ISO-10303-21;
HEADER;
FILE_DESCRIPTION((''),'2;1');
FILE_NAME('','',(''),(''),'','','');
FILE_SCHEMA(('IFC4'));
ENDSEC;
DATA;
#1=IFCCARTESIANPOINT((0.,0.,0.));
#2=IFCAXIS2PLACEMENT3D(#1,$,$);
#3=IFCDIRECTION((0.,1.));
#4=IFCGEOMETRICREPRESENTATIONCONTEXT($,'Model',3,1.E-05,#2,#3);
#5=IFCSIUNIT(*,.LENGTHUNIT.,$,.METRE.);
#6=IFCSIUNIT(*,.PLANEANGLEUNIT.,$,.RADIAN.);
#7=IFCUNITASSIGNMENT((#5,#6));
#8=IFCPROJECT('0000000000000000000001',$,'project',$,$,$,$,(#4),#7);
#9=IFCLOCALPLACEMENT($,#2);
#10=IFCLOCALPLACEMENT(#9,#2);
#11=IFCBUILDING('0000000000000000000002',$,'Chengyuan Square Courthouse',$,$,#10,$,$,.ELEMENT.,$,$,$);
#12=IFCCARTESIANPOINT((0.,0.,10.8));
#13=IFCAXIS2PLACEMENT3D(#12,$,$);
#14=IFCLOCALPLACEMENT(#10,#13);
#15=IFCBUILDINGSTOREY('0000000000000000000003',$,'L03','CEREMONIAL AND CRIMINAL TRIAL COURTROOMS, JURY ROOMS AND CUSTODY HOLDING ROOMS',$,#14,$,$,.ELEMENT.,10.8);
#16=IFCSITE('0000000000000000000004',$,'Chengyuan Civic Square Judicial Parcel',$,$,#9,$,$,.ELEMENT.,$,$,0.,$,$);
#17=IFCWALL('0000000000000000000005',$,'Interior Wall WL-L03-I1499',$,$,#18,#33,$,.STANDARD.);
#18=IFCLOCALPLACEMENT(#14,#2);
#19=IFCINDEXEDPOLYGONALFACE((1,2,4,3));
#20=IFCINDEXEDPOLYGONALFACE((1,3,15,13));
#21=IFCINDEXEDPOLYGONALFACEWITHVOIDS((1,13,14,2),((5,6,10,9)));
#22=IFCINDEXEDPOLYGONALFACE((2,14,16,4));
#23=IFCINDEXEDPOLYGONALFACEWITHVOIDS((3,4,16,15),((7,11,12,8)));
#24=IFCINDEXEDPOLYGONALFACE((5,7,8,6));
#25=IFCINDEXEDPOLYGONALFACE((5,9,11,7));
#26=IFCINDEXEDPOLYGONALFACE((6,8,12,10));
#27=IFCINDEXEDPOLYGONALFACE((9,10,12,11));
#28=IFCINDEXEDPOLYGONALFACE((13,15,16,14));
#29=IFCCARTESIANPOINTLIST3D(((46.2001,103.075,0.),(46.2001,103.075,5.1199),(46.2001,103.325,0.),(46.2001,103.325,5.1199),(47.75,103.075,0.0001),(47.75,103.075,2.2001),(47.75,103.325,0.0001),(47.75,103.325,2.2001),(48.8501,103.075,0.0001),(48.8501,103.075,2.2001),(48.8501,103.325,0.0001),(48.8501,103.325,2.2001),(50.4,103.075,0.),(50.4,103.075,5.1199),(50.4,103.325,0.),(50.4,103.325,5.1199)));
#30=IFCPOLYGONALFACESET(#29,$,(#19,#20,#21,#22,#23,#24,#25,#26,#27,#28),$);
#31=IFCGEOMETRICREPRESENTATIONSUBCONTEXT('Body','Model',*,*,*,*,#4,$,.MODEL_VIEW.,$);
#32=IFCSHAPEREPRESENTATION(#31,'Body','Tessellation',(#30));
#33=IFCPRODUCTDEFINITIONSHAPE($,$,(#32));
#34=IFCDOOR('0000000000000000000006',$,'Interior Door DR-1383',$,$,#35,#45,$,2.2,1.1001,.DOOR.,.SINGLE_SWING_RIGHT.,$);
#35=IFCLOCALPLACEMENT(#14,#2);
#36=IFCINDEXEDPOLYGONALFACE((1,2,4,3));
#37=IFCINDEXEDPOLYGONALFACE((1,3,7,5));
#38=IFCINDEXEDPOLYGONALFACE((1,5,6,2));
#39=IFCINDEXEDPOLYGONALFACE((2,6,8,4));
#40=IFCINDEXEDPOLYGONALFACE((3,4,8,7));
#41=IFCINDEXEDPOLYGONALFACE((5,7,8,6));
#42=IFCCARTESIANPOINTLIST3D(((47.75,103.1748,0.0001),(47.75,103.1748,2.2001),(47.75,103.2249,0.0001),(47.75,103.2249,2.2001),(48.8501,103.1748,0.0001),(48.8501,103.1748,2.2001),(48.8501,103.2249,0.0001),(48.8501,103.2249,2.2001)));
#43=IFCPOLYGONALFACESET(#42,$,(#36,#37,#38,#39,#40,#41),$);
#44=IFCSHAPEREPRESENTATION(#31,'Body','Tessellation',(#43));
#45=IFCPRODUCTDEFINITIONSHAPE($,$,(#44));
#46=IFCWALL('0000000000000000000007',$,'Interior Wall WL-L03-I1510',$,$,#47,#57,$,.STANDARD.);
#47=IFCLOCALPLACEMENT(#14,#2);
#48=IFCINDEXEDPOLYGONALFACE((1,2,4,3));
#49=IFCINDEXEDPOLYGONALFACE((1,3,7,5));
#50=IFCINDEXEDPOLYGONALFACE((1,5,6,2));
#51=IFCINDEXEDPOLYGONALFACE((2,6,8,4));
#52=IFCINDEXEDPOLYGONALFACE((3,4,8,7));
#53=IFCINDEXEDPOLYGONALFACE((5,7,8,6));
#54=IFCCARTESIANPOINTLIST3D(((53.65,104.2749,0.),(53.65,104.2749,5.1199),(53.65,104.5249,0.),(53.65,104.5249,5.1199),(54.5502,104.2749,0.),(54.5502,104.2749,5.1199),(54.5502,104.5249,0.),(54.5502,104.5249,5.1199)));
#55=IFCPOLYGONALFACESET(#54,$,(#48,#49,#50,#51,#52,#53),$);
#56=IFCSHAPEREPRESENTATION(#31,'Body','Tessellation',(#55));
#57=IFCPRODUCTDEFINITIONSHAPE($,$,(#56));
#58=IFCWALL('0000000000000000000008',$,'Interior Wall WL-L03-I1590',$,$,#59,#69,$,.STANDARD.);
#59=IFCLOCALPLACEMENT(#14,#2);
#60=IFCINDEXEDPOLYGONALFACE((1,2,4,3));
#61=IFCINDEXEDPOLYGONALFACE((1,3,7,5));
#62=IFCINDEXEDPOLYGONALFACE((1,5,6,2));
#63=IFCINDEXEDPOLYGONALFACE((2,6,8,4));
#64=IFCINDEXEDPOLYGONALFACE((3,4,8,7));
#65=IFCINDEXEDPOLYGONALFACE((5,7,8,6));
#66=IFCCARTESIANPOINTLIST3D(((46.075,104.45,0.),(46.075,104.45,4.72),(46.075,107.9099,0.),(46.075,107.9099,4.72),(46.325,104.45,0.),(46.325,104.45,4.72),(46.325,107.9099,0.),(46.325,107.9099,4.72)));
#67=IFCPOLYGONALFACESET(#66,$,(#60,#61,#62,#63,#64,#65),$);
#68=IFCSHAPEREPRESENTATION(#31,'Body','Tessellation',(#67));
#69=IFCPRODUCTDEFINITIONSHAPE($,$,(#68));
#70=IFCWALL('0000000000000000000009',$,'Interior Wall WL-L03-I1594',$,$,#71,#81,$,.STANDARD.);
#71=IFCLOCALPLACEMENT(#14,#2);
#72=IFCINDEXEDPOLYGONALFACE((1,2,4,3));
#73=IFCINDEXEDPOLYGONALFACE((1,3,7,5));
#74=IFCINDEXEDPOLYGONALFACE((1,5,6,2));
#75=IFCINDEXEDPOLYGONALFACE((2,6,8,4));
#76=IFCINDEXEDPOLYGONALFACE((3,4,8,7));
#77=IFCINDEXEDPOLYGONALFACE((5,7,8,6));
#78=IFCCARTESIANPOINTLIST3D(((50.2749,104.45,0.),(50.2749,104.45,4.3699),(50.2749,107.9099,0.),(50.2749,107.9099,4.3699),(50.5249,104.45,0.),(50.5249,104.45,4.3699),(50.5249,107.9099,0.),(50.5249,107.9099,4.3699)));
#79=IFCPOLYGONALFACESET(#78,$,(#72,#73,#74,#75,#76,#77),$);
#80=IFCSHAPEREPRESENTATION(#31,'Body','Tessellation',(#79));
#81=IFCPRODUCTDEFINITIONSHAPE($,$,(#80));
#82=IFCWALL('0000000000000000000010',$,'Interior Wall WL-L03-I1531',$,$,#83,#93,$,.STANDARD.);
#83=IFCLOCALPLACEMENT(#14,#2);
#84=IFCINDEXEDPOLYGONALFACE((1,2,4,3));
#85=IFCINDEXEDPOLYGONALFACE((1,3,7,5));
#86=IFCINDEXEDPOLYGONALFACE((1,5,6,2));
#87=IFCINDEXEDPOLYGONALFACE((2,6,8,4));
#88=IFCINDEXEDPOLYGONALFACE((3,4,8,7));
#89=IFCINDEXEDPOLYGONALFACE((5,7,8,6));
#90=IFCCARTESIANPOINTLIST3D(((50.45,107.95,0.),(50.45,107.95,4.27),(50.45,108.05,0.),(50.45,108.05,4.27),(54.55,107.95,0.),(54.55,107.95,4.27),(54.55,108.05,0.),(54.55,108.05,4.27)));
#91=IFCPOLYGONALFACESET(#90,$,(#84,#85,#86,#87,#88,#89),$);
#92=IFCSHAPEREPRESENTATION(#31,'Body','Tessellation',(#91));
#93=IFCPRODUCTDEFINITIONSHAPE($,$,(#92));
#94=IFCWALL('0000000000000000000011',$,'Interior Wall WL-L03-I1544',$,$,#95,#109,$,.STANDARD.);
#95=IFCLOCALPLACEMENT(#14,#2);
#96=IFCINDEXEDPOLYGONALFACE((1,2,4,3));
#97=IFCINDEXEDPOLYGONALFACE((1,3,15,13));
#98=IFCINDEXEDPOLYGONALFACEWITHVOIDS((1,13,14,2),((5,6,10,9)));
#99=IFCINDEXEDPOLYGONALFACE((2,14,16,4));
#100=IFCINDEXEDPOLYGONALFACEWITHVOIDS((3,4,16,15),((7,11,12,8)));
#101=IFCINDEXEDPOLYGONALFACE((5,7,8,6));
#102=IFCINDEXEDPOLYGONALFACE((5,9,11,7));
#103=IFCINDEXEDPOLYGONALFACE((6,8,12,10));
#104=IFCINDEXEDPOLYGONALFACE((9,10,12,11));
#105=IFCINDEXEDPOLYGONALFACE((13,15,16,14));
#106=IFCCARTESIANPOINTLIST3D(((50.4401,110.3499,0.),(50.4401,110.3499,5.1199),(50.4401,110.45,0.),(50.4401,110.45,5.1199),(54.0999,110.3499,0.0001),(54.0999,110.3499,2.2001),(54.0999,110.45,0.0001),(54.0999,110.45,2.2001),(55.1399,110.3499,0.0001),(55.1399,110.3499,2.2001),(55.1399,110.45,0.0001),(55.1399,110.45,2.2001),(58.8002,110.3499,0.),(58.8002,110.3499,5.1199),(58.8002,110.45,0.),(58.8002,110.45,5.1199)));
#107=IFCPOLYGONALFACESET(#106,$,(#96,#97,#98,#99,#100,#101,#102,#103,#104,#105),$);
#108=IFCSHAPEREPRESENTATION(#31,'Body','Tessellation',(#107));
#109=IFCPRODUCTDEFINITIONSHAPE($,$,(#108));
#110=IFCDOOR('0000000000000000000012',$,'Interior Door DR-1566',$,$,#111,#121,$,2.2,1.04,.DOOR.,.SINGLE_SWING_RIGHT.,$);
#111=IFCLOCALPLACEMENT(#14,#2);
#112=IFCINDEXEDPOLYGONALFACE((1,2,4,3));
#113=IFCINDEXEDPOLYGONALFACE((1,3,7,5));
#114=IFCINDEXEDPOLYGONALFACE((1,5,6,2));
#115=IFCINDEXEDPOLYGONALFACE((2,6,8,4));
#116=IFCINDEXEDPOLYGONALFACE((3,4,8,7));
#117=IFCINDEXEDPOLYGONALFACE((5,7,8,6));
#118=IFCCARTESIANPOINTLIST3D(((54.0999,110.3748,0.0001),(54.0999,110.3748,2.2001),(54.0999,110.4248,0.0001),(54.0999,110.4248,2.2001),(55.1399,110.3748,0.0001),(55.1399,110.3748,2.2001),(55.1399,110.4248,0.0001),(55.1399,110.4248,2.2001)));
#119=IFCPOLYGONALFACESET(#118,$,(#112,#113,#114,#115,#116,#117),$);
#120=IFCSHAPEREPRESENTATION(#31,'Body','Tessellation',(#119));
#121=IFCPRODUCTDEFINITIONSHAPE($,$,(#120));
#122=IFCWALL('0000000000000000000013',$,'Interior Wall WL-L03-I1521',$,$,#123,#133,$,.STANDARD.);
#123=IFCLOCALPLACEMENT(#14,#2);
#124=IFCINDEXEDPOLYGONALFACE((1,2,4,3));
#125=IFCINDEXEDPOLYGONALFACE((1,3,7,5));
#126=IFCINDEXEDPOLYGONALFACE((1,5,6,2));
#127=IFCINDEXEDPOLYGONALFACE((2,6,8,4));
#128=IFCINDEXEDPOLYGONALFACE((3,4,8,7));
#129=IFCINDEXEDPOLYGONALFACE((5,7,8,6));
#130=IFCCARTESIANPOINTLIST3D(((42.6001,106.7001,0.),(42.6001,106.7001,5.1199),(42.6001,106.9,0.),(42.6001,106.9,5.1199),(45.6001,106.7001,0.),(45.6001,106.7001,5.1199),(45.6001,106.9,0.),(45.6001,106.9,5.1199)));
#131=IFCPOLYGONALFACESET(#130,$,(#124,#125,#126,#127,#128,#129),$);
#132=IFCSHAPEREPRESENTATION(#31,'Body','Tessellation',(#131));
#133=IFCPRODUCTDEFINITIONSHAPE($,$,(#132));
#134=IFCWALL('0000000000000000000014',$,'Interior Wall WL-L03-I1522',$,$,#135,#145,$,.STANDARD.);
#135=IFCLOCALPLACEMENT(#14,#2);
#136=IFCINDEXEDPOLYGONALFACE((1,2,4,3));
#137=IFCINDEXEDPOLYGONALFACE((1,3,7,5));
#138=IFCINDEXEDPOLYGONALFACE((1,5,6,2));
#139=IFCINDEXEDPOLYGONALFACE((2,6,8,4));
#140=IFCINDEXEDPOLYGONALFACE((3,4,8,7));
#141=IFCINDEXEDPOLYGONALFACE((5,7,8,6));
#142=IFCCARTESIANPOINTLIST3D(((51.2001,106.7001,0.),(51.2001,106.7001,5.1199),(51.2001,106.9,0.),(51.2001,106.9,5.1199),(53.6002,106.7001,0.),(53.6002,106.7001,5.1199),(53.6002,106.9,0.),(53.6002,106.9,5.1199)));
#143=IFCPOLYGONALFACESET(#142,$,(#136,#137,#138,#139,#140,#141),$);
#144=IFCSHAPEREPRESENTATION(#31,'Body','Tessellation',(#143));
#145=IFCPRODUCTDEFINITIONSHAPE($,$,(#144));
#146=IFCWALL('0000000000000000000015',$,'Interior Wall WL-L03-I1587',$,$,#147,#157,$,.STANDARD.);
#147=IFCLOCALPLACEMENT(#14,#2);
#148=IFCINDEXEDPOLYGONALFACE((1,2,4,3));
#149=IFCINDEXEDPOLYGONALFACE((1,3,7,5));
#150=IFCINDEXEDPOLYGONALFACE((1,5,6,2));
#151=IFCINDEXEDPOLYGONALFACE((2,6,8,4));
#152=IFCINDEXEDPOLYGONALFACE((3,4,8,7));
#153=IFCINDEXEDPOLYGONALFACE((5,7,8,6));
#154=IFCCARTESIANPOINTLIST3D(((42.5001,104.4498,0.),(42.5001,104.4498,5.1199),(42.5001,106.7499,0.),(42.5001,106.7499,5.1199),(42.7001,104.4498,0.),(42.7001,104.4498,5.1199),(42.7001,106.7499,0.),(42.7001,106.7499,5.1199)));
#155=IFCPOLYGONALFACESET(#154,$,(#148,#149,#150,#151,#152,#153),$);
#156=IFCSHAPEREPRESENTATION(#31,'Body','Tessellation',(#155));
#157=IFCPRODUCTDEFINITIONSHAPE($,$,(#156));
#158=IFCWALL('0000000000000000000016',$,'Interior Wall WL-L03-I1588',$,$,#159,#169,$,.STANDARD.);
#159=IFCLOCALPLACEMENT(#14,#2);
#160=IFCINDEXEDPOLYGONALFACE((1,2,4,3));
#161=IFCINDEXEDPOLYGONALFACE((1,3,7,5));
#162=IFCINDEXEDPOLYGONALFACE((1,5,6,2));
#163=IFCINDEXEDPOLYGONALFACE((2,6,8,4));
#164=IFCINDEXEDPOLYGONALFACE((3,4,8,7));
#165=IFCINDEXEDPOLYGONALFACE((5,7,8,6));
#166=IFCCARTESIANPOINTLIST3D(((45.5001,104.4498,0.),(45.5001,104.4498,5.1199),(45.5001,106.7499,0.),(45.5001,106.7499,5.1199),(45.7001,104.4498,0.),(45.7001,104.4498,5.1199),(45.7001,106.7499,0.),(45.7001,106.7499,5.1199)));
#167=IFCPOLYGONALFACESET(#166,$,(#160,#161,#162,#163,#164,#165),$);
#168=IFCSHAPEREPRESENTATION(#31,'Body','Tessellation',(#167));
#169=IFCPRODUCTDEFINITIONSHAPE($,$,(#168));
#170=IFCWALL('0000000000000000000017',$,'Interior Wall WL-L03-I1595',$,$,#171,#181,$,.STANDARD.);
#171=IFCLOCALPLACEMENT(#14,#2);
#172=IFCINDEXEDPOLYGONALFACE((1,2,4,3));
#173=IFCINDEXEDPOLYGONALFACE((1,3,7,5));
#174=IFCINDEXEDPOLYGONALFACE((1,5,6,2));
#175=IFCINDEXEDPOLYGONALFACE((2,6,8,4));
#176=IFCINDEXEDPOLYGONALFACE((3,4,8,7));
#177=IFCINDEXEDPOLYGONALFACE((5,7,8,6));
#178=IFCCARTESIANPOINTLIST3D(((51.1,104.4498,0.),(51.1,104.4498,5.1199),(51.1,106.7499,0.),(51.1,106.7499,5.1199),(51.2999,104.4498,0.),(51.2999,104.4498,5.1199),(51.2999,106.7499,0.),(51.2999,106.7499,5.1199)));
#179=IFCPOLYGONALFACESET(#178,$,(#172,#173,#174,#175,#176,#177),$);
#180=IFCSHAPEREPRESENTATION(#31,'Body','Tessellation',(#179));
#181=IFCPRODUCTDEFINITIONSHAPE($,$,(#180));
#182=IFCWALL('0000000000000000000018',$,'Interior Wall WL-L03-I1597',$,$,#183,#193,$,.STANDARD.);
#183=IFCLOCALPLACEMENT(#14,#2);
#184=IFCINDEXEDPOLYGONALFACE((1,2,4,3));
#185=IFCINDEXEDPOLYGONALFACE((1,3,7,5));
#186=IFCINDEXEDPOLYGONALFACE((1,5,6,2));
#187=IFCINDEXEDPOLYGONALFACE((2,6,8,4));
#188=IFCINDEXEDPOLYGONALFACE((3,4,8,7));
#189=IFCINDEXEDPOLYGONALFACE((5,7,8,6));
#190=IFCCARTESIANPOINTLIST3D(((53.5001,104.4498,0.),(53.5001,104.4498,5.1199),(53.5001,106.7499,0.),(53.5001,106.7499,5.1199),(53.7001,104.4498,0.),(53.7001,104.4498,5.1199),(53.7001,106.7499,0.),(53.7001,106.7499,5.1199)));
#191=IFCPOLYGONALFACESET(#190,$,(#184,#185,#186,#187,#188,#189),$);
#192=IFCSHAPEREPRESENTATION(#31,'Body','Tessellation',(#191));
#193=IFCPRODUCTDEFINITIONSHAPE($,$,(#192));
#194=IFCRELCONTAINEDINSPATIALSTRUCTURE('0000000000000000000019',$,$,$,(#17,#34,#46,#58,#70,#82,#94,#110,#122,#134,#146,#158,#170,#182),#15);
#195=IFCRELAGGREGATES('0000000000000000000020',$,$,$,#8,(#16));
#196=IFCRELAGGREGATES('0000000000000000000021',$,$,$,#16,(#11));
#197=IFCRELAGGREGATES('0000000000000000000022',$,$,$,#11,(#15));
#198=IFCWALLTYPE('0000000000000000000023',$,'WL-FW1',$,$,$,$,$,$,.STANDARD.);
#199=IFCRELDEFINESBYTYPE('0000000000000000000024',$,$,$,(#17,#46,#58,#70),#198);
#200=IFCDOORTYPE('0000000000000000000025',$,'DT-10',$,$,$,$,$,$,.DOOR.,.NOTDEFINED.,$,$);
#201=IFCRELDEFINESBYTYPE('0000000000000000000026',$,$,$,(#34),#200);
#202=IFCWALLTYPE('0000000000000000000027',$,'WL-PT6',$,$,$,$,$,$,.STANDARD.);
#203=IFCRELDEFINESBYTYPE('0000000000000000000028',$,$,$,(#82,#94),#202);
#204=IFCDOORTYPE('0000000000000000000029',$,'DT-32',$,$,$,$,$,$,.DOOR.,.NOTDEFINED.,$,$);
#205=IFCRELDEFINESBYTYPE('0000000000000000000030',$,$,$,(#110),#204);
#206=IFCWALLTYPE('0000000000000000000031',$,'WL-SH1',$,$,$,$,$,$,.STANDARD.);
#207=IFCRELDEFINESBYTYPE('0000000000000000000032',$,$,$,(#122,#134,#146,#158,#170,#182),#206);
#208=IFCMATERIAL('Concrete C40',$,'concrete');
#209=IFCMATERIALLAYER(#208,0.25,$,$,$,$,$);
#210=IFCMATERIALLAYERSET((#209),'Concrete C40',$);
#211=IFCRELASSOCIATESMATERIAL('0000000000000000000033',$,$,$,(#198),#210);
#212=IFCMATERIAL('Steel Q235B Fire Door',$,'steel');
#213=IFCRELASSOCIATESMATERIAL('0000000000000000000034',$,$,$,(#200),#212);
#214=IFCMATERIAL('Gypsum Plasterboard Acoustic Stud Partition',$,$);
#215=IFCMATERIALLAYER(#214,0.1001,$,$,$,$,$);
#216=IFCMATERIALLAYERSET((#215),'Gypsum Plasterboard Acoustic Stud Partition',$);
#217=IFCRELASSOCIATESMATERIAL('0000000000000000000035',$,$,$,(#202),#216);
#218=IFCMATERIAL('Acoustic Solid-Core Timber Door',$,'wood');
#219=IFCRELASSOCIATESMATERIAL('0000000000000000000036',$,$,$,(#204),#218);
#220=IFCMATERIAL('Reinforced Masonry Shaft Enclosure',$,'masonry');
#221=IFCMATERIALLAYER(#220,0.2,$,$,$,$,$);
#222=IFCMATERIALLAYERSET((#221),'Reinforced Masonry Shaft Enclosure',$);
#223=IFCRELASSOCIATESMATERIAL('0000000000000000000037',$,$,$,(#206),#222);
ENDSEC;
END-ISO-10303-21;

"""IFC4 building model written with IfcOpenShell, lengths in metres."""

from ifc_helpers import new_model, si_unit, direction, frame, frame_2d, origin, place, context, subcontext, project, spatial, rectangle, extrude, material, layer, layer_set, type_object, element, fill, save


model = new_model("IFC4")

# Units and contexts
model_context = context("Model", 3, precision=1e-05, world=origin(), true_north=direction((0.0, 1.0)))
body_context = subcontext(model_context, "Body", "Model", "MODEL_VIEW")
ifc_project = project(units=[si_unit("LENGTHUNIT", "METRE"), si_unit("PLANEANGLEUNIT", "RADIAN")], contexts=[model_context])

# Site, building, storey
site_placement = place(None, origin())
site = spatial("IfcSite", under=ifc_project, at=site_placement, Name="Chengyuan Civic Square Judicial Parcel", CompositionType="ELEMENT", RefElevation=0.0)
building_placement = place(site_placement, origin())
building = spatial("IfcBuilding", under=site, at=building_placement, Name="Chengyuan Square Courthouse", CompositionType="ELEMENT")
storey_placement = place(building_placement, frame((0.0, 0.0, 10.8)))
storey = spatial("IfcBuildingStorey", under=building, at=storey_placement, Name="L03", Description="CEREMONIAL AND CRIMINAL TRIAL COURTROOMS, JURY ROOMS AND CUSTODY HOLDING ROOMS", CompositionType="ELEMENT", Elevation=10.8)

# Shared definitions
ifc_material_1 = material(Name="Concrete C40", Category="concrete")

# Wall, opening, door
ifc_layer_1 = layer(ifc_material_1, 0.25)
ifc_layer_set_1 = layer_set([ifc_layer_1], Name="Concrete C40")
wall_type_1 = type_object("IfcWallType", Name="WL-FW1", PredefinedType="STANDARD", material=ifc_layer_set_1)
wall_1_placement = place(storey_placement, frame((46.2, 103.2, 0.0), z_axis=(0.0, 0.0, 1.0), x_axis=(1.0, 0.0, 0.0)))
wall_1 = element("IfcWall", 1, at=wall_1_placement, inside=storey, type_object=wall_type_1, Name="Interior Wall WL-L03-I1499", PredefinedType="STANDARD", context=body_context, shape_type="SweptSolid", body=[
    extrude(rectangle(XDim=4.2, YDim=0.25, at=frame_2d((2.1001, 0.0))), origin(), (0.0, 0.0, 1.0), 5.1199),
])
opening_1_placement = place(wall_1_placement, frame((1.55, 0.0, 0.0)))
opening_1 = element("IfcOpeningElement", 2, at=opening_1_placement, cuts=wall_1, PredefinedType="OPENING", context=body_context, shape_type="SweptSolid", body=[
    extrude(rectangle(XDim=1.1001, YDim=2.2, at=frame_2d((0.55, 1.1001))), frame((0.0, 0.137, 0.0), z_axis=(0.0, -1.0, 0.0), x_axis=(1.0, 0.0, 0.0)), (0.0, 0.0, 1.0), 0.2739),
])
ifc_material_2 = material(Name="Steel Q235B Fire Door", Category="steel")
door_type_1 = type_object("IfcDoorType", Name="DT-10", OperationType="NOTDEFINED", PredefinedType="DOOR", material=ifc_material_2)
door_1_placement = place(opening_1_placement, origin())
door_1 = element("IfcDoor", 3, at=door_1_placement, inside=storey, type_object=door_type_1, Name="Interior Door DR-1383", OperationType="SINGLE_SWING_RIGHT", OverallHeight=2.2, OverallWidth=1.1001, PredefinedType="DOOR", context=body_context, shape_type="SweptSolid", body=[
    extrude(rectangle(XDim=1.1001, YDim=2.2, at=frame_2d((0.55, 1.1001))), frame((0.0, 0.0249, 0.0), z_axis=(0.0, -1.0, 0.0), x_axis=(1.0, 0.0, 0.0)), (0.0, 0.0, 1.0), 0.05),
])
fill(opening_1, door_1)

# Walls
wall_2_placement = place(storey_placement, frame((53.6499, 104.3999, 0.0), z_axis=(0.0, 0.0, 1.0), x_axis=(1.0, 0.0, 0.0)))
element("IfcWall", 4, at=wall_2_placement, inside=storey, type_object=wall_type_1, Name="Interior Wall WL-L03-I1510", PredefinedType="STANDARD", context=body_context, shape_type="SweptSolid", body=[
    extrude(rectangle(XDim=0.9001, YDim=0.25, at=frame_2d((0.4502, 0.0))), origin(), (0.0, 0.0, 1.0), 5.1199),
])
wall_3_placement = place(storey_placement, frame((46.2, 104.45, 0.0), z_axis=(0.0, 0.0, 1.0), x_axis=(0.0, 1.0, 0.0)))
element("IfcWall", 5, at=wall_3_placement, inside=storey, type_object=wall_type_1, Name="Interior Wall WL-L03-I1590", PredefinedType="STANDARD", context=body_context, shape_type="SweptSolid", body=[
    extrude(rectangle(XDim=3.46, YDim=0.25, at=frame_2d((1.73, 0.0))), origin(), (0.0, 0.0, 1.0), 4.72),
])
wall_4_placement = place(storey_placement, frame((50.3999, 104.45, 0.0), z_axis=(0.0, 0.0, 1.0), x_axis=(0.0, 1.0, 0.0)))
element("IfcWall", 6, at=wall_4_placement, inside=storey, type_object=wall_type_1, Name="Interior Wall WL-L03-I1594", PredefinedType="STANDARD", context=body_context, shape_type="SweptSolid", body=[
    extrude(rectangle(XDim=3.46, YDim=0.25, at=frame_2d((1.73, 0.0))), origin(), (0.0, 0.0, 1.0), 4.3699),
])
ifc_material_3 = material(Name="Gypsum Plasterboard Acoustic Stud Partition")
ifc_layer_2 = layer(ifc_material_3, 0.1001)
ifc_layer_set_2 = layer_set([ifc_layer_2], Name="Gypsum Plasterboard Acoustic Stud Partition")
wall_type_2 = type_object("IfcWallType", Name="WL-PT6", PredefinedType="STANDARD", material=ifc_layer_set_2)
wall_5_placement = place(storey_placement, frame((50.45, 108.0, 0.0), z_axis=(0.0, 0.0, 1.0), x_axis=(1.0, 0.0, 0.0)))
element("IfcWall", 7, at=wall_5_placement, inside=storey, type_object=wall_type_2, Name="Interior Wall WL-L03-I1531", PredefinedType="STANDARD", context=body_context, shape_type="SweptSolid", body=[
    extrude(rectangle(XDim=4.1001, YDim=0.1001, at=frame_2d((2.05, 0.0))), origin(), (0.0, 0.0, 1.0), 4.27),
])

# Wall, opening, door
wall_6_placement = place(storey_placement, frame((50.4399, 110.3999, 0.0), z_axis=(0.0, 0.0, 1.0), x_axis=(1.0, 0.0, 0.0)))
wall_6 = element("IfcWall", 8, at=wall_6_placement, inside=storey, type_object=wall_type_2, Name="Interior Wall WL-L03-I1544", PredefinedType="STANDARD", context=body_context, shape_type="SweptSolid", body=[
    extrude(rectangle(XDim=8.3601, YDim=0.1001, at=frame_2d((4.1802, 0.0))), origin(), (0.0, 0.0, 1.0), 5.1199),
])
opening_2_placement = place(wall_6_placement, frame((3.6599, 0.0, 0.0)))
opening_2 = element("IfcOpeningElement", 9, at=opening_2_placement, cuts=wall_6, PredefinedType="OPENING", context=body_context, shape_type="SweptSolid", body=[
    extrude(rectangle(XDim=1.04, YDim=2.2, at=frame_2d((0.52, 1.1001))), frame((0.0, 0.062, 0.0), z_axis=(0.0, -1.0, 0.0), x_axis=(1.0, 0.0, 0.0)), (0.0, 0.0, 1.0), 0.124),
])
ifc_material_4 = material(Name="Acoustic Solid-Core Timber Door", Category="wood")
door_type_2 = type_object("IfcDoorType", Name="DT-32", OperationType="NOTDEFINED", PredefinedType="DOOR", material=ifc_material_4)
door_2_placement = place(opening_2_placement, origin())
door_2 = element("IfcDoor", 10, at=door_2_placement, inside=storey, type_object=door_type_2, Name="Interior Door DR-1566", OperationType="SINGLE_SWING_RIGHT", OverallHeight=2.2, OverallWidth=1.04, PredefinedType="DOOR", context=body_context, shape_type="SweptSolid", body=[
    extrude(rectangle(XDim=1.04, YDim=2.2, at=frame_2d((0.52, 1.1001))), frame((0.0, 0.0249, 0.0), z_axis=(0.0, -1.0, 0.0), x_axis=(1.0, 0.0, 0.0)), (0.0, 0.0, 1.0), 0.05),
])
fill(opening_2, door_2)
ifc_material_5 = material(Name="Reinforced Masonry Shaft Enclosure", Category="masonry")
ifc_layer_3 = layer(ifc_material_5, 0.2)
ifc_layer_set_3 = layer_set([ifc_layer_3], Name="Reinforced Masonry Shaft Enclosure")
wall_type_3 = type_object("IfcWallType", Name="WL-SH1", PredefinedType="STANDARD", material=ifc_layer_set_3)

# Walls
wall_7_placement = place(storey_placement, frame((42.6001, 106.8, 0.0), z_axis=(0.0, 0.0, 1.0), x_axis=(1.0, 0.0, 0.0)))
element("IfcWall", 11, at=wall_7_placement, inside=storey, type_object=wall_type_3, Name="Interior Wall WL-L03-I1521", PredefinedType="STANDARD", context=body_context, shape_type="SweptSolid", body=[
    extrude(rectangle(XDim=3.0, YDim=0.2, at=frame_2d((1.5, 0.0))), origin(), (0.0, 0.0, 1.0), 5.1199),
])
wall_8_placement = place(storey_placement, frame((51.2, 106.8, 0.0), z_axis=(0.0, 0.0, 1.0), x_axis=(1.0, 0.0, 0.0)))
element("IfcWall", 12, at=wall_8_placement, inside=storey, type_object=wall_type_3, Name="Interior Wall WL-L03-I1522", PredefinedType="STANDARD", context=body_context, shape_type="SweptSolid", body=[
    extrude(rectangle(XDim=2.4001, YDim=0.2, at=frame_2d((1.2002, 0.0))), origin(), (0.0, 0.0, 1.0), 5.1199),
])
for number, where, z_axis, x_axis, name in (
    (13, (42.6001, 104.45, 0.0), (0.0, 0.0, 1.0), (0.0, 1.0, 0.0), "Interior Wall WL-L03-I1587"),
    (14, (45.6001, 104.45, 0.0), (0.0, 0.0, 1.0), (0.0, 1.0, 0.0), "Interior Wall WL-L03-I1588"),
    (15, (51.2, 104.45, 0.0), (0.0, 0.0, 1.0), (0.0, 1.0, 0.0), "Interior Wall WL-L03-I1595"),
    (16, (53.6001, 104.45, 0.0), (0.0, 0.0, 1.0), (0.0, 1.0, 0.0), "Interior Wall WL-L03-I1597"),
):
    element("IfcWall", number, at=place(storey_placement, frame(where, z_axis=z_axis, x_axis=x_axis)), inside=storey, type_object=wall_type_3, Name=name, PredefinedType="STANDARD", context=body_context, shape_type="SweptSolid", body=[
        extrude(rectangle(XDim=2.3, YDim=0.2, at=frame_2d((1.1499, 0.0))), origin(), (0.0, 0.0, 1.0), 5.1199),
    ])

save(model, "model.ifc")
